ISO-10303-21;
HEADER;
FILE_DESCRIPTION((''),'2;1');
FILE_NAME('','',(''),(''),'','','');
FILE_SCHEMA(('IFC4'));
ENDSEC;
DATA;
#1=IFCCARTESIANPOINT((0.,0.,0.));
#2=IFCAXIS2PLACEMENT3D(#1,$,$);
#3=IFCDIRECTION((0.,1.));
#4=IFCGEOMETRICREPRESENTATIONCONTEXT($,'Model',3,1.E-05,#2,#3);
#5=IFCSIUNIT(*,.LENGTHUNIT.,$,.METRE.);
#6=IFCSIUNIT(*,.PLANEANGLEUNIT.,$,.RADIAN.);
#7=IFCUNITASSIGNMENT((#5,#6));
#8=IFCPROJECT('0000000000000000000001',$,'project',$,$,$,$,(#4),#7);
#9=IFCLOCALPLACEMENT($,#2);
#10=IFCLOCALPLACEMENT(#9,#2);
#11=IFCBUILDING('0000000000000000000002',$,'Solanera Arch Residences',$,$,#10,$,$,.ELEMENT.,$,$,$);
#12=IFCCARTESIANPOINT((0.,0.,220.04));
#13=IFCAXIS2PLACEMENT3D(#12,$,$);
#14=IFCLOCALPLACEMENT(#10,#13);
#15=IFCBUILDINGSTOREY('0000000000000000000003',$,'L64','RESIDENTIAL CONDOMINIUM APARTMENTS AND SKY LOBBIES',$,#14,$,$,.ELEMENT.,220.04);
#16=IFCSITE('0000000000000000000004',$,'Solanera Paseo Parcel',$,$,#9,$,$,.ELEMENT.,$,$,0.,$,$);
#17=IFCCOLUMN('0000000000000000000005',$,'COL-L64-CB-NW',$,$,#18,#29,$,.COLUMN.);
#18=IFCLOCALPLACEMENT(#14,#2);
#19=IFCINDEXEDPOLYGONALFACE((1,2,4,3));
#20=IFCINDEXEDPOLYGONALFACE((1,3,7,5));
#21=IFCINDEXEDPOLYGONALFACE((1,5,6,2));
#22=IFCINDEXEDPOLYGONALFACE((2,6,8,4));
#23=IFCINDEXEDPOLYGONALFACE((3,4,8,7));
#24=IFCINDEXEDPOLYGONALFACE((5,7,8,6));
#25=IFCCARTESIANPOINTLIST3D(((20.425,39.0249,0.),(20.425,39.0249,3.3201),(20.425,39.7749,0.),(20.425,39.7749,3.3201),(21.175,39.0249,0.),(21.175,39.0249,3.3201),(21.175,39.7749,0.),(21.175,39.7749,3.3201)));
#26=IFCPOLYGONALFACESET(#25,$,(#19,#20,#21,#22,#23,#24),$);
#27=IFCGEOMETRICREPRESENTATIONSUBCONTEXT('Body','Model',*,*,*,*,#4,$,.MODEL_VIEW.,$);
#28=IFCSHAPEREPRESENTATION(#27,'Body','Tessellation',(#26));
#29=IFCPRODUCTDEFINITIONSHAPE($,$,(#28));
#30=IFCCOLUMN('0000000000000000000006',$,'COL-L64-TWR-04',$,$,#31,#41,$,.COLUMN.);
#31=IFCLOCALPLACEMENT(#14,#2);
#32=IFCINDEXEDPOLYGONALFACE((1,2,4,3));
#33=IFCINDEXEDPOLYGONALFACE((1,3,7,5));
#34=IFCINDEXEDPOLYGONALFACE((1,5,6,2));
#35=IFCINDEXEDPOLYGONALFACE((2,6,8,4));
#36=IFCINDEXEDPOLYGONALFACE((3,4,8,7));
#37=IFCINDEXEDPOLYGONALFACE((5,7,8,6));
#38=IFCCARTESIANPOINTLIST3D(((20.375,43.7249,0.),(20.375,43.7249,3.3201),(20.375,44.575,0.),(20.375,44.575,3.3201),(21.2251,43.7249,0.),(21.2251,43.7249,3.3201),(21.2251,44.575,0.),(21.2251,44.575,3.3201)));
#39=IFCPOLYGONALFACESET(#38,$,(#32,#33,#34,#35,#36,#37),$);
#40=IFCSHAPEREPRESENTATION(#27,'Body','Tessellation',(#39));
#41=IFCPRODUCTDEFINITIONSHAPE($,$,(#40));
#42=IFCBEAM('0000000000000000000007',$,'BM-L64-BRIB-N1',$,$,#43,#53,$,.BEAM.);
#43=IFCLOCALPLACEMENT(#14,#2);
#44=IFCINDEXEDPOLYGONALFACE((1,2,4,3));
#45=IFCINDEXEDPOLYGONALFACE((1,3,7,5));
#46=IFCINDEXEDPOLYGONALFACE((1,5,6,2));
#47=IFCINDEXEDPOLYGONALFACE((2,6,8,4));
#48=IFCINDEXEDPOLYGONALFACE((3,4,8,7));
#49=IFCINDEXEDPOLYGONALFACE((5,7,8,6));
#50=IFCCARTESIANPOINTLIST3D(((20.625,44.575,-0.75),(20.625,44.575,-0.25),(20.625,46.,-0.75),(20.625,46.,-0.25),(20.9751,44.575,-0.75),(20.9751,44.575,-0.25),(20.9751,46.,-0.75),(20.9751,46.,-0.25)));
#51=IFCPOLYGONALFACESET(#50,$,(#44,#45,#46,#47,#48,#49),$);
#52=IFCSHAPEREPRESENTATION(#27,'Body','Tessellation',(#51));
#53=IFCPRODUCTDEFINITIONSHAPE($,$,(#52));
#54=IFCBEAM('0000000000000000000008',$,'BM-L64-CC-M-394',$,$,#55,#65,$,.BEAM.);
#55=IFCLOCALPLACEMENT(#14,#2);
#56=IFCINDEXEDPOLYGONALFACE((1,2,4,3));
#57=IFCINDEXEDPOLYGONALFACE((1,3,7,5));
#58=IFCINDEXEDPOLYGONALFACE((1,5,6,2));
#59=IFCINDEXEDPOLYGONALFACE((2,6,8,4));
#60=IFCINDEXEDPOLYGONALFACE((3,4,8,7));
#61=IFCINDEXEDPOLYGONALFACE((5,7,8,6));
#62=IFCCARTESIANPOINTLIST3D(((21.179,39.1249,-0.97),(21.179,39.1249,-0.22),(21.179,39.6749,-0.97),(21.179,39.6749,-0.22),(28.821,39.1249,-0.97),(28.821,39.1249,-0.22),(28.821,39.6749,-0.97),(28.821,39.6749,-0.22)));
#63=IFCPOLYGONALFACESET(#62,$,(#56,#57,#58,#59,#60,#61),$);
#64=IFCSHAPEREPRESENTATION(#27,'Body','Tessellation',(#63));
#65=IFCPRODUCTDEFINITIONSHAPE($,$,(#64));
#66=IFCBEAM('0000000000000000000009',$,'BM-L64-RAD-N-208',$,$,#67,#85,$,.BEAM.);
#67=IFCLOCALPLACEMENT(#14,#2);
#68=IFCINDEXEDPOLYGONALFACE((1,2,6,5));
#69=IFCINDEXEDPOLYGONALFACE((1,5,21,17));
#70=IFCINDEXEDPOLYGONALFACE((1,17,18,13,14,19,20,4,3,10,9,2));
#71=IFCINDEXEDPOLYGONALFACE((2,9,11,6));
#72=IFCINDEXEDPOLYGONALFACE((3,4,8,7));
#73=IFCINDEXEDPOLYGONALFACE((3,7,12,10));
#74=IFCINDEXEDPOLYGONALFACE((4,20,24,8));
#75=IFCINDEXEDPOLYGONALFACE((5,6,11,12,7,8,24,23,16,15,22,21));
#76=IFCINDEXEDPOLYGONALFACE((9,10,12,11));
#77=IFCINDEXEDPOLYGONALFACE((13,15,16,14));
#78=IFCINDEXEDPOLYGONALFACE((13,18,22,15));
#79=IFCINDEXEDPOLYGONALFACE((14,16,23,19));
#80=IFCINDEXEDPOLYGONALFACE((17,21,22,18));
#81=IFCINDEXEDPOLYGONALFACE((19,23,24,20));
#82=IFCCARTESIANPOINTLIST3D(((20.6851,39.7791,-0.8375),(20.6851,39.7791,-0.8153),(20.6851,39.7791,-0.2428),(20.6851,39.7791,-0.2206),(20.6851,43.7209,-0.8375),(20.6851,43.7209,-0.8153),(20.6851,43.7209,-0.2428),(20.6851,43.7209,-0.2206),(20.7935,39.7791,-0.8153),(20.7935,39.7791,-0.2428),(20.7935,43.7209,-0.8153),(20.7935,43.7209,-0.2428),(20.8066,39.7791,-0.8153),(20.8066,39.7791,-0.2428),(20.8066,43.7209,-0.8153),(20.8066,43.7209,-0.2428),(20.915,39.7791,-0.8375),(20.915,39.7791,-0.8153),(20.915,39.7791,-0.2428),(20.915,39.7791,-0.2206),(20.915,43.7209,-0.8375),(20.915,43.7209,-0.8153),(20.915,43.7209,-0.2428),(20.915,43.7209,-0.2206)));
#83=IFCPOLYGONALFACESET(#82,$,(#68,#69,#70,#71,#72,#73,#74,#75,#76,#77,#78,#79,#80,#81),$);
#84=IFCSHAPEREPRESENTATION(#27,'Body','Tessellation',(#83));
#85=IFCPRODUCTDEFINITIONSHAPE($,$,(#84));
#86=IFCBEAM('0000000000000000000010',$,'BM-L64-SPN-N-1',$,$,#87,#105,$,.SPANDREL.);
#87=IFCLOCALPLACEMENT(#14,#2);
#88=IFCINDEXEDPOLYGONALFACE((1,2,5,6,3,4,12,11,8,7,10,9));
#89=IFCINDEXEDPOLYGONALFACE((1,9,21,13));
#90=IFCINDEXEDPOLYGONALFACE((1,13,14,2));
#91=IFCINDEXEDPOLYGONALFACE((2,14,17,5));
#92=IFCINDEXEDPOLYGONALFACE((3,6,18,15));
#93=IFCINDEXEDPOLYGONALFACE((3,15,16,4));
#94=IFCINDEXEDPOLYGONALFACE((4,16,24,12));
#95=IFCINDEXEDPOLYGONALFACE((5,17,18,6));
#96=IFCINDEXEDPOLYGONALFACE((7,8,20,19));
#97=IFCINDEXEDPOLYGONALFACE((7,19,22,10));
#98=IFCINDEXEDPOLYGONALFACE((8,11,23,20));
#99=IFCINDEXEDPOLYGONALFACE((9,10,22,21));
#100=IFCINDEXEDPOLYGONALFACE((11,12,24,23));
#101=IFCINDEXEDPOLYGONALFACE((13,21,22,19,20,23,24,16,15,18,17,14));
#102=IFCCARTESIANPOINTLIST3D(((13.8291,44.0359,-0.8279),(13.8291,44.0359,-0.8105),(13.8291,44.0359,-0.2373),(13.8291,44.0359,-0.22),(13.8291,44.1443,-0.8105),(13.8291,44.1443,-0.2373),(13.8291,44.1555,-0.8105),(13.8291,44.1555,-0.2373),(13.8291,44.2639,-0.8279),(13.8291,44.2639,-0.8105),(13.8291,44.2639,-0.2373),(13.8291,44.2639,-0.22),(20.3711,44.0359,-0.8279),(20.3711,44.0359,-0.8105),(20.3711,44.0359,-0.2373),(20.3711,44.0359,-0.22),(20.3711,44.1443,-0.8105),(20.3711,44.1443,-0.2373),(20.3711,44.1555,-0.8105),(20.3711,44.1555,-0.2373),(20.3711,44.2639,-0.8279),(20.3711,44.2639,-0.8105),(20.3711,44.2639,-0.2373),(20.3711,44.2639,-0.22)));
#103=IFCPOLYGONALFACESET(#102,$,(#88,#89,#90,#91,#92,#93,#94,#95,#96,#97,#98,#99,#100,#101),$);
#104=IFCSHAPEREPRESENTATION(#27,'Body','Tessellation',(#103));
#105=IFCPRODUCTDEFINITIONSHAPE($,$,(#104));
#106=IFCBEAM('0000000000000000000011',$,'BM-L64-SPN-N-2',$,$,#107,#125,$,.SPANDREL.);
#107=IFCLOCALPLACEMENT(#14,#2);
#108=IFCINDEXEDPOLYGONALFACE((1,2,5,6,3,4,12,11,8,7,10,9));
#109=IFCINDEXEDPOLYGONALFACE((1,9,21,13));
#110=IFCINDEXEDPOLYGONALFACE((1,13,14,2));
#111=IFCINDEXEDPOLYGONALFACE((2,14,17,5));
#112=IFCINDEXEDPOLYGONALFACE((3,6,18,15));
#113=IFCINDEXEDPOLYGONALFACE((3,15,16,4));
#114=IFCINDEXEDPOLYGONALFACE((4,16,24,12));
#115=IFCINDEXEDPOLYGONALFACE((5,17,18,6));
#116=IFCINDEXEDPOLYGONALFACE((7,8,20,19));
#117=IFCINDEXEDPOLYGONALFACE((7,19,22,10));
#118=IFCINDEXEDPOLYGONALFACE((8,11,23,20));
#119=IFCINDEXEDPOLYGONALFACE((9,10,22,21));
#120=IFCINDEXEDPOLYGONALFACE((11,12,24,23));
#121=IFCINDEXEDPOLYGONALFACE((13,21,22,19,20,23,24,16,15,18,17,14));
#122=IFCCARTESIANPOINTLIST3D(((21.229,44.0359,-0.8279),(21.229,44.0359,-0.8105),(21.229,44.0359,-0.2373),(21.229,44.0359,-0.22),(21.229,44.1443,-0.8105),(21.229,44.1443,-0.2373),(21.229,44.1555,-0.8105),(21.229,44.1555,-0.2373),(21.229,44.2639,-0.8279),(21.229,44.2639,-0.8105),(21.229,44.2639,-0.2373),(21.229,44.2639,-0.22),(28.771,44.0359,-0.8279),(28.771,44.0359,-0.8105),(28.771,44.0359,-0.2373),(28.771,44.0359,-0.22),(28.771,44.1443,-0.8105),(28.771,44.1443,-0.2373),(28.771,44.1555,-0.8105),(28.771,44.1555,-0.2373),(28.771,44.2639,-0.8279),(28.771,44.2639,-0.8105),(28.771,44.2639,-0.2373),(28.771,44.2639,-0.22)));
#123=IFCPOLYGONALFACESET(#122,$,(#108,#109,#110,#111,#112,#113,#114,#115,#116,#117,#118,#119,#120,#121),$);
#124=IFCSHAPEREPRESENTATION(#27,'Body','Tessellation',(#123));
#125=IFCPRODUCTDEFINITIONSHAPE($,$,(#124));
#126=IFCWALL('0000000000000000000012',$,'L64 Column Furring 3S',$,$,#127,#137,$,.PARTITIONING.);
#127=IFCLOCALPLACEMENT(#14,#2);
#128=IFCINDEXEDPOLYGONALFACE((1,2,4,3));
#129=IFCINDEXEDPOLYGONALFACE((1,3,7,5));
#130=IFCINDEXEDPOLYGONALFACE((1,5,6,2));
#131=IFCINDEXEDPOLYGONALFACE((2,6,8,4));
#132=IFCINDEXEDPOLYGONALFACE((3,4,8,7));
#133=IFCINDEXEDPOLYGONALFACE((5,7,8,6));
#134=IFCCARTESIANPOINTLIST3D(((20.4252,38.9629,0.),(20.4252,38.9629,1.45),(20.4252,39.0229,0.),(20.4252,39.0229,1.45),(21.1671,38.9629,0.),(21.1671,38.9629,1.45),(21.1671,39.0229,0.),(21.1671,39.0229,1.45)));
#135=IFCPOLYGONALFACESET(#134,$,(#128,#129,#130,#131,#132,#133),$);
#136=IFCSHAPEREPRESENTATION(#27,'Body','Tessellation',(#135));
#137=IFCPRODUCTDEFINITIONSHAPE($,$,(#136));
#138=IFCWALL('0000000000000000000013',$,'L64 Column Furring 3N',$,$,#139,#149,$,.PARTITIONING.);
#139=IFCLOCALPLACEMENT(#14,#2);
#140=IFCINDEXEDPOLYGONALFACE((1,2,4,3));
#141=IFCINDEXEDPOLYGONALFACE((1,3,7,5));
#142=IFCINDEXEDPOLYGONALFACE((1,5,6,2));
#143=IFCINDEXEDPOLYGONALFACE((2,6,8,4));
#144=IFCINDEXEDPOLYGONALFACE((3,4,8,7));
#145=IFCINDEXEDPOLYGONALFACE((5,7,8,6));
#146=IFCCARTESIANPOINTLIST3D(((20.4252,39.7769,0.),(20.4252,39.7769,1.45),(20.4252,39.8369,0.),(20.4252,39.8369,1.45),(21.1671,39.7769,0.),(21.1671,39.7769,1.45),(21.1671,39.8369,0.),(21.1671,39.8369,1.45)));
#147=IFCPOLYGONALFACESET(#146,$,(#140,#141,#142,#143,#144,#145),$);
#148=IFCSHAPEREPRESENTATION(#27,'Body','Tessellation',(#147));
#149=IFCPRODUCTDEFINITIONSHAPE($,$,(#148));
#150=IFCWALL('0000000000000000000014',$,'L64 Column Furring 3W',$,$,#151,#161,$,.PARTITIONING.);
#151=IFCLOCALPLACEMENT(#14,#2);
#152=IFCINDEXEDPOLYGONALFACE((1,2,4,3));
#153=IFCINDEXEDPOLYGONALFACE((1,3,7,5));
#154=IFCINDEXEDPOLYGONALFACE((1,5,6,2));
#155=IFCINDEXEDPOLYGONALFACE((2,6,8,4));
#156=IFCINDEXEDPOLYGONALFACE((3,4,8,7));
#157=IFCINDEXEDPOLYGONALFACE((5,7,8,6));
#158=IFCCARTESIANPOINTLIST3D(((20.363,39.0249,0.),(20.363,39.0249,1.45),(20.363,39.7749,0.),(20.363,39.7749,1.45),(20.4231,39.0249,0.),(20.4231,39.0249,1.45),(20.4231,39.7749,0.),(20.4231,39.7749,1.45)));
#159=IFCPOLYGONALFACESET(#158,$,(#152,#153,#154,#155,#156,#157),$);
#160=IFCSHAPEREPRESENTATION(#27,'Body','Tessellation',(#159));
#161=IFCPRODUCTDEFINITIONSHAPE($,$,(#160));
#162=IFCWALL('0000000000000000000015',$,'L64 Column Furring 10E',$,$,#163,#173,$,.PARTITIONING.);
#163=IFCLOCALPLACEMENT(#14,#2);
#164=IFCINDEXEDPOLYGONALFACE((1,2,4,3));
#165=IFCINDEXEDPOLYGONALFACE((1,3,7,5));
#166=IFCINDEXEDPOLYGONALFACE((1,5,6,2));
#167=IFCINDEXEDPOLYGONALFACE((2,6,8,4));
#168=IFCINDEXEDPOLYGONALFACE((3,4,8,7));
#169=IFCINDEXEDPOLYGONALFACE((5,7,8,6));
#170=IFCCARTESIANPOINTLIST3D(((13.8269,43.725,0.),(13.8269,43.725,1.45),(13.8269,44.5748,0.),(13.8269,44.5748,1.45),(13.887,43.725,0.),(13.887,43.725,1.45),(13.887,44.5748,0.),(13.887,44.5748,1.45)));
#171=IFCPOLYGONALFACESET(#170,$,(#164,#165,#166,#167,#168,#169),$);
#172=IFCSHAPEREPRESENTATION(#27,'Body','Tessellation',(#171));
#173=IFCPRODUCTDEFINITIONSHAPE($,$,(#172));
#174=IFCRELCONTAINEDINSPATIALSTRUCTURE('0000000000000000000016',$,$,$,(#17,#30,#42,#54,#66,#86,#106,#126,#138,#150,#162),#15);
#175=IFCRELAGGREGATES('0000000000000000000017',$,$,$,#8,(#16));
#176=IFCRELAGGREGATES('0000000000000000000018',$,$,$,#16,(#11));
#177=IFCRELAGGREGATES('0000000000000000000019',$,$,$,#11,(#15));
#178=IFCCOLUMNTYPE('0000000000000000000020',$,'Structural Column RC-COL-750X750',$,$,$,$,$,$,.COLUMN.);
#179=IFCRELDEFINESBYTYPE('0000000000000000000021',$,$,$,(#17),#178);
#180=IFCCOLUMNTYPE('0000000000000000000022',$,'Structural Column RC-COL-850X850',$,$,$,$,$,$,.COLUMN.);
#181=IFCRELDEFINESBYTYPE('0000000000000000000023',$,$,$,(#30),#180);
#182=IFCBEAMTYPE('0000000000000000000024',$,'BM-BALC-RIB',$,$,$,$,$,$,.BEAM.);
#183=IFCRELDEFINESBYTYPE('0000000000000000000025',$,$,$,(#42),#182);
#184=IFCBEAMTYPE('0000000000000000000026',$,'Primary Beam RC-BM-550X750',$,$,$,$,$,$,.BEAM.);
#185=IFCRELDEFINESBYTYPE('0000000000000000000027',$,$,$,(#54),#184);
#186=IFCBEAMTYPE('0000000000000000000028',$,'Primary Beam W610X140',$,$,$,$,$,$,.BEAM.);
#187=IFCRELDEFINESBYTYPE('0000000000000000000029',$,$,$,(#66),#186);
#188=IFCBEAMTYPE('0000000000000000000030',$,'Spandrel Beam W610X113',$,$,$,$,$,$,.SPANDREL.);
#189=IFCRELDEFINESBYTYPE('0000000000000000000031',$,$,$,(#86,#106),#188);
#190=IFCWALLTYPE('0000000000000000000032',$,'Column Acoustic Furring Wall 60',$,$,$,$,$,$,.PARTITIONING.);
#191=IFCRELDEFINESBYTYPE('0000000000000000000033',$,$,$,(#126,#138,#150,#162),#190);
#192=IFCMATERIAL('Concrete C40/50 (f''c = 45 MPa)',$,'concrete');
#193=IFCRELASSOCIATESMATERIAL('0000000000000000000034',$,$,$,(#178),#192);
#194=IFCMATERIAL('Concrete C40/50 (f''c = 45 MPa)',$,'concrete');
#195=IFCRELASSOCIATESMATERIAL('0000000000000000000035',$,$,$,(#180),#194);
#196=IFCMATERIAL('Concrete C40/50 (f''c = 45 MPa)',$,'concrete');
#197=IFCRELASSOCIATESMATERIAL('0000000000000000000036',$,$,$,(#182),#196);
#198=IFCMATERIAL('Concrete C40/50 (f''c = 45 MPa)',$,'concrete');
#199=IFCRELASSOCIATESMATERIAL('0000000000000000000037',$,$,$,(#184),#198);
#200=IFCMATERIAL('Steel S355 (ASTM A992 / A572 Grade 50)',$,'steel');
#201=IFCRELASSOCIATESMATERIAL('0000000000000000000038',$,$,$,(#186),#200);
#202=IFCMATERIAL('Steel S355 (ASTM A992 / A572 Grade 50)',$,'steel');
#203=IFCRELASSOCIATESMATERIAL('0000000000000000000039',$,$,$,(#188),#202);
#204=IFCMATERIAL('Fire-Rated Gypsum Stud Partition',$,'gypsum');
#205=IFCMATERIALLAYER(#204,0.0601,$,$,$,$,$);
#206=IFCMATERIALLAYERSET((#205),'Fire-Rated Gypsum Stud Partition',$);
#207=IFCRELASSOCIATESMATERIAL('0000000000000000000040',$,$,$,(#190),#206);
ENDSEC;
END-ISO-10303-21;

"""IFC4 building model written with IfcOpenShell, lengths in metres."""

from ifc_helpers import new_model, si_unit, direction, frame, frame_2d, origin, origin_2d, place, context, subcontext, project, spatial, rectangle, i_section, extrude, material, layer, layer_set, material_profile, profile_set, type_object, element, save


model = new_model("IFC4")

# Units and contexts
model_context = context("Model", 3, precision=1e-05, world=origin(), true_north=direction((0.0, 1.0)))
body_context = subcontext(model_context, "Body", "Model", "MODEL_VIEW")
ifc_project = project(units=[si_unit("LENGTHUNIT", "METRE"), si_unit("PLANEANGLEUNIT", "RADIAN")], contexts=[model_context])

# Site, building, storey
site_placement = place(None, origin())
site = spatial("IfcSite", under=ifc_project, at=site_placement, Name="Solanera Paseo Parcel", CompositionType="ELEMENT", RefElevation=0.0)
building_placement = place(site_placement, origin())
building = spatial("IfcBuilding", under=site, at=building_placement, Name="Solanera Arch Residences", CompositionType="ELEMENT")
storey_placement = place(building_placement, frame((0.0, 0.0, 220.04)))
storey = spatial("IfcBuildingStorey", under=building, at=storey_placement, Name="L64", Description="RESIDENTIAL CONDOMINIUM APARTMENTS AND SKY LOBBIES", CompositionType="ELEMENT", Elevation=220.04)

# Columns
ifc_material_1 = material(Name="Concrete C40/50 (f'c = 45 MPa)", Category="concrete")
ifc_material_profile_1 = material_profile(ifc_material_1, rectangle(XDim=0.75, YDim=0.75, at=origin_2d()))
ifc_profile_set_1 = profile_set([ifc_material_profile_1], Name="Concrete C40/50 (f'c = 45 MPa)")
column_type_1 = type_object("IfcColumnType", Name="Structural Column RC-COL-750X750", PredefinedType="COLUMN", material=ifc_profile_set_1)
column_1_placement = place(storey_placement, frame((20.8, 39.3999, 0.0), z_axis=(0.0, 0.0, 1.0), x_axis=(1.0, 0.0, 0.0)))
element("IfcColumn", 1, at=column_1_placement, inside=storey, type_object=column_type_1, Name="COL-L64-CB-NW", PredefinedType="COLUMN", context=body_context, shape_type="SweptSolid", body=[
    extrude(rectangle(XDim=0.75, YDim=0.75, at=origin_2d()), origin(), (0.0, 0.0, 1.0), 3.3201),
])
ifc_material_2 = material(Name="Concrete C40/50 (f'c = 45 MPa)", Category="concrete")
ifc_material_profile_2 = material_profile(ifc_material_2, rectangle(XDim=0.8501, YDim=0.8501, at=origin_2d()))
ifc_profile_set_2 = profile_set([ifc_material_profile_2], Name="Concrete C40/50 (f'c = 45 MPa)")
column_type_2 = type_object("IfcColumnType", Name="Structural Column RC-COL-850X850", PredefinedType="COLUMN", material=ifc_profile_set_2)
column_2_placement = place(storey_placement, frame((20.8, 44.1499, 0.0), z_axis=(0.0, 0.0, 1.0), x_axis=(1.0, 0.0, 0.0)))
element("IfcColumn", 2, at=column_2_placement, inside=storey, type_object=column_type_2, Name="COL-L64-TWR-04", PredefinedType="COLUMN", context=body_context, shape_type="SweptSolid", body=[
    extrude(rectangle(XDim=0.8501, YDim=0.8501, at=origin_2d()), origin(), (0.0, 0.0, 1.0), 3.3201),
])

# Beams
ifc_material_3 = material(Name="Concrete C40/50 (f'c = 45 MPa)", Category="concrete")
ifc_material_profile_3 = material_profile(ifc_material_3, rectangle(XDim=0.3501, YDim=0.5, at=origin_2d()))
ifc_profile_set_3 = profile_set([ifc_material_profile_3], Name="Concrete C40/50 (f'c = 45 MPa)")
beam_type_1 = type_object("IfcBeamType", Name="BM-BALC-RIB", PredefinedType="BEAM", material=ifc_profile_set_3)
beam_1_placement = place(storey_placement, frame((20.8, 44.575, -0.5), z_axis=(0.0, 1.0, 0.0), x_axis=(-1.0, 0.0, 0.0)))
element("IfcBeam", 3, at=beam_1_placement, inside=storey, type_object=beam_type_1, Name="BM-L64-BRIB-N1", PredefinedType="BEAM", context=body_context, shape_type="SweptSolid", body=[
    extrude(rectangle(XDim=0.3501, YDim=0.5, at=origin_2d()), origin(), (0.0, 0.0, 1.0), 1.425),
])
ifc_material_4 = material(Name="Concrete C40/50 (f'c = 45 MPa)", Category="concrete")
ifc_material_profile_4 = material_profile(ifc_material_4, rectangle(XDim=0.55, YDim=0.75, at=origin_2d()))
ifc_profile_set_4 = profile_set([ifc_material_profile_4], Name="Concrete C40/50 (f'c = 45 MPa)")
beam_type_2 = type_object("IfcBeamType", Name="Primary Beam RC-BM-550X750", PredefinedType="BEAM", material=ifc_profile_set_4)
beam_2_placement = place(storey_placement, frame((21.179, 39.3999, -0.595), z_axis=(1.0, 0.0, 0.0), x_axis=(0.0, 1.0, 0.0)))
element("IfcBeam", 4, at=beam_2_placement, inside=storey, type_object=beam_type_2, Name="BM-L64-CC-M-394", PredefinedType="BEAM", context=body_context, shape_type="SweptSolid", body=[
    extrude(rectangle(XDim=0.55, YDim=0.75, at=origin_2d()), origin(), (0.0, 0.0, 1.0), 7.6421),
])
ifc_material_5 = material(Name="Steel S355 (ASTM A992 / A572 Grade 50)", Category="steel")
ifc_material_profile_5 = material_profile(ifc_material_5, i_section(OverallWidth=0.23, OverallDepth=0.6169, WebThickness=0.0132, FlangeThickness=0.0222, at=origin_2d()))
ifc_profile_set_5 = profile_set([ifc_material_profile_5], Name="Steel S355 (ASTM A992 / A572 Grade 50)")
beam_type_3 = type_object("IfcBeamType", Name="Primary Beam W610X140", PredefinedType="BEAM", material=ifc_profile_set_5)
beam_3_placement = place(storey_placement, frame((20.8, 39.7791, -0.5291), z_axis=(0.0, 1.0, 0.0), x_axis=(-1.0, 0.0, 0.0)))
element("IfcBeam", 5, at=beam_3_placement, inside=storey, type_object=beam_type_3, Name="BM-L64-RAD-N-208", PredefinedType="BEAM", context=body_context, shape_type="SweptSolid", body=[
    extrude(i_section(OverallWidth=0.23, OverallDepth=0.6169, WebThickness=0.0132, FlangeThickness=0.0222, at=origin_2d()), origin(), (0.0, 0.0, 1.0), 3.9419),
])
ifc_material_6 = material(Name="Steel S355 (ASTM A992 / A572 Grade 50)", Category="steel")
ifc_material_profile_6 = material_profile(ifc_material_6, i_section(OverallWidth=0.228, OverallDepth=0.6079, WebThickness=0.0112, FlangeThickness=0.0173, at=origin_2d()))
ifc_profile_set_6 = profile_set([ifc_material_profile_6], Name="Steel S355 (ASTM A992 / A572 Grade 50)")
beam_type_4 = type_object("IfcBeamType", Name="Spandrel Beam W610X113", PredefinedType="SPANDREL", material=ifc_profile_set_6)
beam_4_placement = place(storey_placement, frame((13.8291, 44.1499, -0.5239), z_axis=(1.0, 0.0, 0.0), x_axis=(0.0, 1.0, 0.0)))
element("IfcBeam", 6, at=beam_4_placement, inside=storey, type_object=beam_type_4, Name="BM-L64-SPN-N-1", PredefinedType="SPANDREL", context=body_context, shape_type="SweptSolid", body=[
    extrude(i_section(OverallWidth=0.228, OverallDepth=0.6079, WebThickness=0.0112, FlangeThickness=0.0173, at=origin_2d()), origin(), (0.0, 0.0, 1.0), 6.542),
])
beam_5_placement = place(storey_placement, frame((21.229, 44.1499, -0.5239), z_axis=(1.0, 0.0, 0.0), x_axis=(0.0, 1.0, 0.0)))
element("IfcBeam", 7, at=beam_5_placement, inside=storey, type_object=beam_type_4, Name="BM-L64-SPN-N-2", PredefinedType="SPANDREL", context=body_context, shape_type="SweptSolid", body=[
    extrude(i_section(OverallWidth=0.228, OverallDepth=0.6079, WebThickness=0.0112, FlangeThickness=0.0173, at=origin_2d()), origin(), (0.0, 0.0, 1.0), 7.542),
])

# Walls
ifc_material_7 = material(Name="Fire-Rated Gypsum Stud Partition", Category="gypsum")
ifc_layer_1 = layer(ifc_material_7, 0.0601)
ifc_layer_set_1 = layer_set([ifc_layer_1], Name="Fire-Rated Gypsum Stud Partition")
wall_type_1 = type_object("IfcWallType", Name="Column Acoustic Furring Wall 60", PredefinedType="PARTITIONING", material=ifc_layer_set_1)
for number, where, z_axis, x_axis, name in (
    (8, (20.425, 38.9929, 0.0), (0.0, 0.0, 1.0), (1.0, 0.0, 0.0), "L64 Column Furring 3S"),
    (9, (20.425, 39.8069, 0.0), (0.0, 0.0, 1.0), (1.0, 0.0, 0.0), "L64 Column Furring 3N"),
):
    element("IfcWall", number, at=place(storey_placement, frame(where, z_axis=z_axis, x_axis=x_axis)), inside=storey, type_object=wall_type_1, Name=name, PredefinedType="PARTITIONING", context=body_context, shape_type="SweptSolid", body=[
        extrude(rectangle(XDim=0.7419, YDim=0.0601, at=frame_2d((0.3711, 0.0))), origin(), (0.0, 0.0, 1.0), 1.45),
    ])
wall_1_placement = place(storey_placement, frame((20.3931, 39.0249, 0.0), z_axis=(0.0, 0.0, 1.0), x_axis=(0.0, 1.0, 0.0)))
element("IfcWall", 10, at=wall_1_placement, inside=storey, type_object=wall_type_1, Name="L64 Column Furring 3W", PredefinedType="PARTITIONING", context=body_context, shape_type="SweptSolid", body=[
    extrude(rectangle(XDim=0.75, YDim=0.0601, at=frame_2d((0.375, 0.0))), origin(), (0.0, 0.0, 1.0), 1.45),
])
wall_2_placement = place(storey_placement, frame((13.8569, 43.7251, 0.0), z_axis=(0.0, 0.0, 1.0), x_axis=(0.0, 1.0, 0.0)))
element("IfcWall", 11, at=wall_2_placement, inside=storey, type_object=wall_type_1, Name="L64 Column Furring 10E", PredefinedType="PARTITIONING", context=body_context, shape_type="SweptSolid", body=[
    extrude(rectangle(XDim=0.8499, YDim=0.0601, at=frame_2d((0.4248, 0.0))), origin(), (0.0, 0.0, 1.0), 1.45),
])

save(model, "model.ifc")
